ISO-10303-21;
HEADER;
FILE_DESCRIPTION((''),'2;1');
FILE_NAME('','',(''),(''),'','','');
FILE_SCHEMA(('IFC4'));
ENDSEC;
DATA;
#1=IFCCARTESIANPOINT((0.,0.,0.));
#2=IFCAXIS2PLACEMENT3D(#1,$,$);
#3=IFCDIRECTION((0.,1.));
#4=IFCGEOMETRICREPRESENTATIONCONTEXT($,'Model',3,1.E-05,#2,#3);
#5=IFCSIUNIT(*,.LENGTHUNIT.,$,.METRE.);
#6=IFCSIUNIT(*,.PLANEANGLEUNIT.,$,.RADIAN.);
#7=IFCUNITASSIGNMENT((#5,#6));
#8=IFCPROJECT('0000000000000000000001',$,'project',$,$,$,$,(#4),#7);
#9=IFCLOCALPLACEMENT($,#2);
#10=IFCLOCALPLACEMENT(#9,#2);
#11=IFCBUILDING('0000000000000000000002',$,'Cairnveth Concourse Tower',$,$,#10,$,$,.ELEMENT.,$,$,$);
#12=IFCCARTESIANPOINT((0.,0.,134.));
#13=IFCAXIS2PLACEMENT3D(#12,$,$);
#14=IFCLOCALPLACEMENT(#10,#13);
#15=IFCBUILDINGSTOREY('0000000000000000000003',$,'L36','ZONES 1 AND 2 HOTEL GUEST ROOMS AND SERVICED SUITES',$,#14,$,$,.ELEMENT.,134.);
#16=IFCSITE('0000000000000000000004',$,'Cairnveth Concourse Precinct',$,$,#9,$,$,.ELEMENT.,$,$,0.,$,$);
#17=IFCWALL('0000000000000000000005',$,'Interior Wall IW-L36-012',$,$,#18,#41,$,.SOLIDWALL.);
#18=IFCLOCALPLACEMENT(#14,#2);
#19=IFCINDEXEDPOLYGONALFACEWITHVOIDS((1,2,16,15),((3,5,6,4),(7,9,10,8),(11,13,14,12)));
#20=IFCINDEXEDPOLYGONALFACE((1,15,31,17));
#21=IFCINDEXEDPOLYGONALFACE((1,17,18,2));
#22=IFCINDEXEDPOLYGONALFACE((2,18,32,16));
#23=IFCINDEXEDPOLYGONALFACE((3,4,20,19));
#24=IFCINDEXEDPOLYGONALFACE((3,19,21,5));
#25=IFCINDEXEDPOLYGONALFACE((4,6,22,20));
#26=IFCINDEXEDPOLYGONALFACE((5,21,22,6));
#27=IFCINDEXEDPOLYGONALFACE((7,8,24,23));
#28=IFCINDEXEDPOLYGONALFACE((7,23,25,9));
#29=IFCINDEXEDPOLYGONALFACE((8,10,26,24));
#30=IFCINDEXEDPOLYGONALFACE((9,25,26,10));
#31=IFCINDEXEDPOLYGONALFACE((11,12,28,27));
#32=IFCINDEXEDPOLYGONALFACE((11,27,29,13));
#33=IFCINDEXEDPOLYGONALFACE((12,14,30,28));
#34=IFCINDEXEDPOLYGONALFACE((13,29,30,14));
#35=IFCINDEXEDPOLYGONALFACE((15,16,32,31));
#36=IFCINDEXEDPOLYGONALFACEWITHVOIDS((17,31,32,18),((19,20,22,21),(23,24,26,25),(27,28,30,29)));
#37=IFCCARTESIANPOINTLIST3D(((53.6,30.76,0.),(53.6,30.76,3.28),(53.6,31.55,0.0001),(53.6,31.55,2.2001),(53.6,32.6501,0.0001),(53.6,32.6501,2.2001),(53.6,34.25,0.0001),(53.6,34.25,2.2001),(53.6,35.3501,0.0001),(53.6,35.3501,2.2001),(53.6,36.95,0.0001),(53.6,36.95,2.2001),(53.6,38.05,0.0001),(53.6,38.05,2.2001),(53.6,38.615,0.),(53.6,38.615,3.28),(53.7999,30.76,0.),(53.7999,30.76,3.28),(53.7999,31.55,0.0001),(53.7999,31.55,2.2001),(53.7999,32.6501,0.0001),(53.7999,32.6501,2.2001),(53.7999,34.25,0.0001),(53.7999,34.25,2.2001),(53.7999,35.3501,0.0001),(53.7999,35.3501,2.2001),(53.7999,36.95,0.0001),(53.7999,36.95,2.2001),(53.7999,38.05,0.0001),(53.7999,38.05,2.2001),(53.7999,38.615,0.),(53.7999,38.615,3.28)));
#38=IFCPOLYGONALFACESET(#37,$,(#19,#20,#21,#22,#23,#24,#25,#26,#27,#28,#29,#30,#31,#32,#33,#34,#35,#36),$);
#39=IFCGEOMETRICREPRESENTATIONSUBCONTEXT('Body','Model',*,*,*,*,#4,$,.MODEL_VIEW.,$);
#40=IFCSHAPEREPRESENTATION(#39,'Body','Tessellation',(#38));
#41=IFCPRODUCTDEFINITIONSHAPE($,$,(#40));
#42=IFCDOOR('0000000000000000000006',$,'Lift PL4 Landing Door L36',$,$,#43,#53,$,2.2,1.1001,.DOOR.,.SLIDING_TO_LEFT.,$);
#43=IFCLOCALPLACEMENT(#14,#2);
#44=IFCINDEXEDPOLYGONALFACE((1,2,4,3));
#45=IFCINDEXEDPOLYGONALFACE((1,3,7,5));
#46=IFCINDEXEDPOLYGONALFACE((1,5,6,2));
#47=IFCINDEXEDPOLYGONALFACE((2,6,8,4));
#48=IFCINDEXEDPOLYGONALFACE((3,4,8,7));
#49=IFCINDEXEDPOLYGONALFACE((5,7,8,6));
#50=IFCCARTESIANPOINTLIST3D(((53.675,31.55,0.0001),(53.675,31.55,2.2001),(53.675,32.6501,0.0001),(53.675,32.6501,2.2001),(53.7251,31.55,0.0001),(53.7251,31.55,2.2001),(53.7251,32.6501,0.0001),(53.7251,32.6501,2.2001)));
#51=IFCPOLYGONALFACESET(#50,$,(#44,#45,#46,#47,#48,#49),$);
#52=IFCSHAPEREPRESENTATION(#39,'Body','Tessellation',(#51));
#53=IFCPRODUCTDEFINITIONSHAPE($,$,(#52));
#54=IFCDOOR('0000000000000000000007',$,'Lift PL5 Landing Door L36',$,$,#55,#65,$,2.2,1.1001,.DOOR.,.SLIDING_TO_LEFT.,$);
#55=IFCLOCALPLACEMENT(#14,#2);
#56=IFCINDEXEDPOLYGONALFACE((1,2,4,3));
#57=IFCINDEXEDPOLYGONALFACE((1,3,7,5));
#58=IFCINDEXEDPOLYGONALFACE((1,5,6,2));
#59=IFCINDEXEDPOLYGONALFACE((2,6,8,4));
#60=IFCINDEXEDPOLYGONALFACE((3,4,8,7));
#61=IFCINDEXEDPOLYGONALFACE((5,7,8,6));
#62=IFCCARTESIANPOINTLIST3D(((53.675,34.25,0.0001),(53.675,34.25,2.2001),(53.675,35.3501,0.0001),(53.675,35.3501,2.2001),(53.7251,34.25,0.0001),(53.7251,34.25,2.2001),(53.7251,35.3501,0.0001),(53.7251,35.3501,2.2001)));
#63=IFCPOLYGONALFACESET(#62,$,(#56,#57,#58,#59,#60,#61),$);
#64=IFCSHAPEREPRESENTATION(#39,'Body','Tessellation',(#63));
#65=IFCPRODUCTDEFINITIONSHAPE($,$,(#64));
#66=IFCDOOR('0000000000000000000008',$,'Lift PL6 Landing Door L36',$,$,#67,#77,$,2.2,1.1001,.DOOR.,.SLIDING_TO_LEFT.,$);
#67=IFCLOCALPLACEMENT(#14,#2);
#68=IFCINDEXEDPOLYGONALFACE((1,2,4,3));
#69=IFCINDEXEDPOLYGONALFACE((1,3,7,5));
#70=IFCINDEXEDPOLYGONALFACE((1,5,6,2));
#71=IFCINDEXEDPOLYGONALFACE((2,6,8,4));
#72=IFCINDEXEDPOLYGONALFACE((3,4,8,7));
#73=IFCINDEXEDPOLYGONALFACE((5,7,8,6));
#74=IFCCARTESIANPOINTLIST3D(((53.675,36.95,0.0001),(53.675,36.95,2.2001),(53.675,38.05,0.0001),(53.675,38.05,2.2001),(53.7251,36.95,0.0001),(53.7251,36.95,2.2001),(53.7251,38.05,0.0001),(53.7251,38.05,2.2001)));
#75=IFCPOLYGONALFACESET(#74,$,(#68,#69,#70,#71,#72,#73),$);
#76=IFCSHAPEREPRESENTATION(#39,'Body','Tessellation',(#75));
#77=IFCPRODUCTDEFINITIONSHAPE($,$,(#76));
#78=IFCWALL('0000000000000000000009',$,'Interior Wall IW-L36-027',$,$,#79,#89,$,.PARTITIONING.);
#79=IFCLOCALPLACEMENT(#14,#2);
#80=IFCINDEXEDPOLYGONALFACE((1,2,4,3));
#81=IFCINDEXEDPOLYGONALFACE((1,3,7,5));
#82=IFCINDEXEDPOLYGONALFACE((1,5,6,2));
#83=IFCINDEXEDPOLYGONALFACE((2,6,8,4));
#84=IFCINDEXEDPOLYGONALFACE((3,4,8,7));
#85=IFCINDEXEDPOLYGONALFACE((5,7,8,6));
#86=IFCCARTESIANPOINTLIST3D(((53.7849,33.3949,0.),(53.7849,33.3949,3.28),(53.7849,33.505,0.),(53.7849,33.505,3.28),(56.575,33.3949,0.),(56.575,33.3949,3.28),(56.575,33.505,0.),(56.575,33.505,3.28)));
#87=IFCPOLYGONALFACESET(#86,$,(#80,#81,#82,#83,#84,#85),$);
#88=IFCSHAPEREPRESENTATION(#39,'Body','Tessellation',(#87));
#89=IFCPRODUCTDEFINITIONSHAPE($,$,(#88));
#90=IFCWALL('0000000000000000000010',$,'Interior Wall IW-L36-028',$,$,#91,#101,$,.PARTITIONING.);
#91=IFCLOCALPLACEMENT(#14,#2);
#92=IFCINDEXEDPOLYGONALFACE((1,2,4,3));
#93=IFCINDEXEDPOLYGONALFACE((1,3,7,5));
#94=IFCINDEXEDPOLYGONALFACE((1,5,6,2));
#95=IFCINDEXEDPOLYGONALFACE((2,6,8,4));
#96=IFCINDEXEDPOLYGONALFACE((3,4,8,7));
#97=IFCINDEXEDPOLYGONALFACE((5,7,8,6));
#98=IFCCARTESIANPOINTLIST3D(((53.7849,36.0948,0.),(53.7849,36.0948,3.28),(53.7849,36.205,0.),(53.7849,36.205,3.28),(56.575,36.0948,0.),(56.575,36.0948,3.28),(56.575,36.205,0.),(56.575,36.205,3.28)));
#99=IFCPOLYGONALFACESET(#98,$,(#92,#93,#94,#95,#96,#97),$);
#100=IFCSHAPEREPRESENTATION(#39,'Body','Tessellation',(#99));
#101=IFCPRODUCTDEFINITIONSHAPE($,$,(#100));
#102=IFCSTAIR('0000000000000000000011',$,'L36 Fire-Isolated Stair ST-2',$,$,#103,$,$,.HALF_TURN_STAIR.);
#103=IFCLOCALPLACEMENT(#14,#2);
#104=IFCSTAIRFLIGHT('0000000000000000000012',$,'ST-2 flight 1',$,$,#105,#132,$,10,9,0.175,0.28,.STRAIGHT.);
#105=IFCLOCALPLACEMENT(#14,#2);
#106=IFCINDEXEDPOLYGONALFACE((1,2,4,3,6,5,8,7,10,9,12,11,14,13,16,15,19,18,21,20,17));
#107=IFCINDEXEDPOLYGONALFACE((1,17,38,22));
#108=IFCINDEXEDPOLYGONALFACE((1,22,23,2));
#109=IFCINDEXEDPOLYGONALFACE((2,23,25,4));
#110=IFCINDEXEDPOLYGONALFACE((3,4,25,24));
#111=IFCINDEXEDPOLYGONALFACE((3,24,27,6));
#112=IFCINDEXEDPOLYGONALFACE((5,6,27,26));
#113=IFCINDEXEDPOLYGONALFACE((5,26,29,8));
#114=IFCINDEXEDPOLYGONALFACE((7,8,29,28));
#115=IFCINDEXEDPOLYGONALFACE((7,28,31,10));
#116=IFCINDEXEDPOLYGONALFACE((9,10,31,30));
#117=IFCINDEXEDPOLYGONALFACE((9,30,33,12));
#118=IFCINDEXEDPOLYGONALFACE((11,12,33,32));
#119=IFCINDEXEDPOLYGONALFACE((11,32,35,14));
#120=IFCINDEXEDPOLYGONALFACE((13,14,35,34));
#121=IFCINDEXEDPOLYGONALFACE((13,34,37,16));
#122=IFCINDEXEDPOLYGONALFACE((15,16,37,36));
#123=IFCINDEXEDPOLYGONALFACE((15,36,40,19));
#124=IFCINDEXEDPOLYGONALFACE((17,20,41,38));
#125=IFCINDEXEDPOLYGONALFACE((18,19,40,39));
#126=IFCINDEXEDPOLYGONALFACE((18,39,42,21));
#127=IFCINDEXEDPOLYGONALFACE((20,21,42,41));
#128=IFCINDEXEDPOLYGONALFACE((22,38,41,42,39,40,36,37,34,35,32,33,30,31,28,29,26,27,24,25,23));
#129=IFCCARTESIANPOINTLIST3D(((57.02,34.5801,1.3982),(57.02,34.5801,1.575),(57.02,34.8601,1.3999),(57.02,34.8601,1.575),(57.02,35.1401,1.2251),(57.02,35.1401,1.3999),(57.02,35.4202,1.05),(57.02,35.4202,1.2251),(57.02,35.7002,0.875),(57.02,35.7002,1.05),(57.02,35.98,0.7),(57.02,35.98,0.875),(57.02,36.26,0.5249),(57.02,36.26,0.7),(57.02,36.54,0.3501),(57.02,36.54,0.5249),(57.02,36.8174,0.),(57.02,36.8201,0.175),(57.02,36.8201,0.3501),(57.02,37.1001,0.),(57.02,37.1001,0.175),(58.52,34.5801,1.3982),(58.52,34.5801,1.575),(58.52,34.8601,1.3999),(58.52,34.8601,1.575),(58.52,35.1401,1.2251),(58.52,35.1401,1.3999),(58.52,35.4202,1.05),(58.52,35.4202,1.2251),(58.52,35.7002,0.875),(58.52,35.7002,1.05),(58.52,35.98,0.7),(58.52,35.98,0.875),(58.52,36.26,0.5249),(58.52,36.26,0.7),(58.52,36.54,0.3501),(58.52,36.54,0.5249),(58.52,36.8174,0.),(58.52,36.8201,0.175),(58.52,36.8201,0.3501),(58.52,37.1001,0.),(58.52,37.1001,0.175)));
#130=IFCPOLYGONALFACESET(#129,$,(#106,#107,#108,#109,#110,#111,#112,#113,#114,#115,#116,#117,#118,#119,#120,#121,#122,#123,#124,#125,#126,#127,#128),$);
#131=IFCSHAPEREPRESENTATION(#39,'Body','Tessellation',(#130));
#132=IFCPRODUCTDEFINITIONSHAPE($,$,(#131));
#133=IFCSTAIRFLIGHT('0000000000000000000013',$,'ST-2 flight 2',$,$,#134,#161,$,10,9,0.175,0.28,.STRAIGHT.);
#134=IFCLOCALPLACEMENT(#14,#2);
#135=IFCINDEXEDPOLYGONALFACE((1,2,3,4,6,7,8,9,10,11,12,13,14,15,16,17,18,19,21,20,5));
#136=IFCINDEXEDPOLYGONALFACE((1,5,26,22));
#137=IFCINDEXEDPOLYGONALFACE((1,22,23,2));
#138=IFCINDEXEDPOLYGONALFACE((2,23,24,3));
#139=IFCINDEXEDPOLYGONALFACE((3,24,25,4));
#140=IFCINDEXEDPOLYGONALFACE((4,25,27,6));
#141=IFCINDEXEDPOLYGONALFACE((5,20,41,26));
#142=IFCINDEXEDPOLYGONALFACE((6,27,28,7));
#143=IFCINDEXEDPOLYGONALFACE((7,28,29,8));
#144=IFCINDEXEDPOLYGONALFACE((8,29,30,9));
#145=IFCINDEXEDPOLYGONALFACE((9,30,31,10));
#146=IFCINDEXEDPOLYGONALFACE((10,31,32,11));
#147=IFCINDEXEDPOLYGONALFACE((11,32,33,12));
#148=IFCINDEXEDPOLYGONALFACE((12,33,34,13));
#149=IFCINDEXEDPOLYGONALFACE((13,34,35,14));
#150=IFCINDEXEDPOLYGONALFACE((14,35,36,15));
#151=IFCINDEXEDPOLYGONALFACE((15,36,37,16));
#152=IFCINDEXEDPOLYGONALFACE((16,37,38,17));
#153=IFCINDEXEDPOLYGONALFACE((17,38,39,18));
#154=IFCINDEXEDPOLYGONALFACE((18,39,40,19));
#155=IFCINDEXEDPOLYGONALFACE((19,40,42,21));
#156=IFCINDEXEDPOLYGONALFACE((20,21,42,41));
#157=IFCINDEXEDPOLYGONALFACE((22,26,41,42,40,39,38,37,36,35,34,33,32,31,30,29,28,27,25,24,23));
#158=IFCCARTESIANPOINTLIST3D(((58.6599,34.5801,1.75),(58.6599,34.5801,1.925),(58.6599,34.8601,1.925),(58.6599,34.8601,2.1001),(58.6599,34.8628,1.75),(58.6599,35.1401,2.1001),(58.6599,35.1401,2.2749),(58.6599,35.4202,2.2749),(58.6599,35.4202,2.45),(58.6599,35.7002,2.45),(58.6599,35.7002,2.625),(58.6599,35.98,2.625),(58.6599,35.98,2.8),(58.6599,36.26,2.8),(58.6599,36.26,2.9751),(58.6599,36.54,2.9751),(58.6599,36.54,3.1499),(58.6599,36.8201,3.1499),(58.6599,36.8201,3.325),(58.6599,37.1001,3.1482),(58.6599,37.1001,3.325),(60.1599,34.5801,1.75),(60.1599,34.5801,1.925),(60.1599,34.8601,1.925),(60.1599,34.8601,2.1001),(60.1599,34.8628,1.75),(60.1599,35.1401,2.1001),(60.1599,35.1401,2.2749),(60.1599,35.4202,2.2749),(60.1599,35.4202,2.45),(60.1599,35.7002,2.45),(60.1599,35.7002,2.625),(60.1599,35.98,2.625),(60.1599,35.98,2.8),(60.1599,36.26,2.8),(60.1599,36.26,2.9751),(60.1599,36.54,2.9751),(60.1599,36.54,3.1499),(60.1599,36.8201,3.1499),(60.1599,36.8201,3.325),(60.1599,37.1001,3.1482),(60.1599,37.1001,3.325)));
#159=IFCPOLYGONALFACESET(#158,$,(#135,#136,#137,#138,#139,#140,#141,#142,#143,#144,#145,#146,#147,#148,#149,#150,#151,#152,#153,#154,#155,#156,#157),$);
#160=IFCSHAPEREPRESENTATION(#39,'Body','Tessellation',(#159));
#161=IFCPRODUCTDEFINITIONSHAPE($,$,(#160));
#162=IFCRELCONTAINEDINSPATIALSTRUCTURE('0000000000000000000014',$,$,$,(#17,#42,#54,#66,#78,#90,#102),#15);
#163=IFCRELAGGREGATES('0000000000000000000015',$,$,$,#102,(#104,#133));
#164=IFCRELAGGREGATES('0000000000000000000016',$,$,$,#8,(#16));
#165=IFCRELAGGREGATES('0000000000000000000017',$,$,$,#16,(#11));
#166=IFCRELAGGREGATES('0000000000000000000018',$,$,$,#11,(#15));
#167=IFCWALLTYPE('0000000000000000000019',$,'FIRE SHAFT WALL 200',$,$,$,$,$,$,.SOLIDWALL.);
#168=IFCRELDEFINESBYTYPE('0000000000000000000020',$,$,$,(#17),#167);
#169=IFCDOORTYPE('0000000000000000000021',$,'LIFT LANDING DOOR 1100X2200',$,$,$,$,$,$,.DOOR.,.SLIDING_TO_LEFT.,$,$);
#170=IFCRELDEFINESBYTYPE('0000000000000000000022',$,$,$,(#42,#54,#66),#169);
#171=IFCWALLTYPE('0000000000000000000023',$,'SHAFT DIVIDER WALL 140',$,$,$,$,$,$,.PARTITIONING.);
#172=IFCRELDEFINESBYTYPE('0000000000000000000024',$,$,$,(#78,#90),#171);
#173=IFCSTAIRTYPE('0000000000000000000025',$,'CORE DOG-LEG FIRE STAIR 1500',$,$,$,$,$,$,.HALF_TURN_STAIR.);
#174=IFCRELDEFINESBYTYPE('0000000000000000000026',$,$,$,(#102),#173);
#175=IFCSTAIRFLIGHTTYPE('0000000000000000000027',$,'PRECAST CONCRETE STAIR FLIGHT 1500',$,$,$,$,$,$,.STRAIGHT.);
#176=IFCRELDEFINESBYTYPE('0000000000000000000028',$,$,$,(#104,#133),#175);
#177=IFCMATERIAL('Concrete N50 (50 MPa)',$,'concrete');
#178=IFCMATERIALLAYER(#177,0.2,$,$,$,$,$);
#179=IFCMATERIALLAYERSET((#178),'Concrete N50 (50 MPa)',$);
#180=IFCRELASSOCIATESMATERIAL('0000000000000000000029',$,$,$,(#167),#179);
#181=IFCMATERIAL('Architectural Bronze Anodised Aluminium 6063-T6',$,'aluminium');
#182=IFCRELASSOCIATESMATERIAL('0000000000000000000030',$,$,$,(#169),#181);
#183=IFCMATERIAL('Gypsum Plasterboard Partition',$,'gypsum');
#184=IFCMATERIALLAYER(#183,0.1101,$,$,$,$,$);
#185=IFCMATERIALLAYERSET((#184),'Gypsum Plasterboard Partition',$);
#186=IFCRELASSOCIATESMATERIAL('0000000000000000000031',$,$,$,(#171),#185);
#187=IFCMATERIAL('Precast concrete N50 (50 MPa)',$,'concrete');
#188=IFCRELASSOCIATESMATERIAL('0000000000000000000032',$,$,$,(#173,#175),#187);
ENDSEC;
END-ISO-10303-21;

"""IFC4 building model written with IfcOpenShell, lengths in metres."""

from ifc_helpers import new_model, si_unit, direction, frame, frame_2d, origin, place, context, subcontext, project, spatial, polyline, rectangle, outline, extrude, material, layer, layer_set, type_object, element, fill, aggregate, save


model = new_model("IFC4")

# Units and contexts
model_context = context("Model", 3, precision=1e-05, world=origin(), true_north=direction((0.0, 1.0)))
body_context = subcontext(model_context, "Body", "Model", "MODEL_VIEW")
ifc_project = project(units=[si_unit("LENGTHUNIT", "METRE"), si_unit("PLANEANGLEUNIT", "RADIAN")], contexts=[model_context])

# Site, building, storey
site_placement = place(None, origin())
site = spatial("IfcSite", under=ifc_project, at=site_placement, Name="Cairnveth Concourse Precinct", CompositionType="ELEMENT", RefElevation=0.0)
building_placement = place(site_placement, origin())
building = spatial("IfcBuilding", under=site, at=building_placement, Name="Cairnveth Concourse Tower", CompositionType="ELEMENT")
storey_placement = place(building_placement, frame((0.0, 0.0, 134.0)))
storey = spatial("IfcBuildingStorey", under=building, at=storey_placement, Name="L36", Description="ZONES 1 AND 2 HOTEL GUEST ROOMS AND SERVICED SUITES", CompositionType="ELEMENT", Elevation=134.0)

# Shared definitions
ifc_material_1 = material(Name="Concrete N50 (50 MPa)", Category="concrete")

# Shared definitions
ifc_layer_1 = layer(ifc_material_1, 0.2)
ifc_layer_set_1 = layer_set([ifc_layer_1], Name="Concrete N50 (50 MPa)")
wall_type_1 = type_object("IfcWallType", Name="FIRE SHAFT WALL 200", PredefinedType="SOLIDWALL", material=ifc_layer_set_1)

# Wall, openings, doors
wall_1_placement = place(storey_placement, frame((53.7, 30.76, 0.0), z_axis=(0.0, 0.0, 1.0), x_axis=(0.0, 1.0, 0.0)))
wall_1 = element("IfcWall", 1, at=wall_1_placement, inside=storey, type_object=wall_type_1, Name="Interior Wall IW-L36-012", PredefinedType="SOLIDWALL", context=body_context, shape_type="SweptSolid", body=[
    extrude(rectangle(XDim=7.855, YDim=0.2, at=frame_2d((3.9275, 0.0))), origin(), (0.0, 0.0, 1.0), 3.28),
])
opening_1_placement = place(wall_1_placement, frame((0.79, 0.0, 0.0)))
opening_1 = element("IfcOpeningElement", 2, at=opening_1_placement, cuts=wall_1, PredefinedType="OPENING", context=body_context, shape_type="SweptSolid", body=[
    extrude(rectangle(XDim=1.1001, YDim=2.2, at=frame_2d((0.55, 1.1001))), frame((0.0, 0.1099, 0.0), z_axis=(0.0, -1.0, 0.0), x_axis=(1.0, 0.0, 0.0)), (0.0, 0.0, 1.0), 0.22),
])
opening_2_placement = place(wall_1_placement, frame((3.49, 0.0, 0.0)))
opening_2 = element("IfcOpeningElement", 3, at=opening_2_placement, cuts=wall_1, PredefinedType="OPENING", context=body_context, shape_type="SweptSolid", body=[
    extrude(rectangle(XDim=1.1001, YDim=2.2, at=frame_2d((0.55, 1.1001))), frame((0.0, 0.1099, 0.0), z_axis=(0.0, -1.0, 0.0), x_axis=(1.0, 0.0, 0.0)), (0.0, 0.0, 1.0), 0.22),
])
opening_3_placement = place(wall_1_placement, frame((6.1899, 0.0, 0.0)))
opening_3 = element("IfcOpeningElement", 4, at=opening_3_placement, cuts=wall_1, PredefinedType="OPENING", context=body_context, shape_type="SweptSolid", body=[
    extrude(rectangle(XDim=1.1001, YDim=2.2, at=frame_2d((0.55, 1.1001))), frame((0.0, 0.1099, 0.0), z_axis=(0.0, -1.0, 0.0), x_axis=(1.0, 0.0, 0.0)), (0.0, 0.0, 1.0), 0.22),
])
ifc_material_2 = material(Name="Architectural Bronze Anodised Aluminium 6063-T6", Category="aluminium")
door_type_1 = type_object("IfcDoorType", Name="LIFT LANDING DOOR 1100X2200", OperationType="SLIDING_TO_LEFT", PredefinedType="DOOR", material=ifc_material_2)
door_1_placement = place(opening_1_placement, origin())
door_1 = element("IfcDoor", 5, at=door_1_placement, inside=storey, type_object=door_type_1, Name="Lift PL4 Landing Door L36", OperationType="SLIDING_TO_LEFT", OverallHeight=2.2, OverallWidth=1.1001, PredefinedType="DOOR", context=body_context, shape_type="SweptSolid", body=[
    extrude(rectangle(XDim=1.1001, YDim=2.2, at=frame_2d((0.55, 1.1001))), frame((0.0, 0.0249, 0.0), z_axis=(0.0, -1.0, 0.0), x_axis=(1.0, 0.0, 0.0)), (0.0, 0.0, 1.0), 0.05),
])
fill(opening_1, door_1)
door_2_placement = place(opening_2_placement, origin())
door_2 = element("IfcDoor", 6, at=door_2_placement, inside=storey, type_object=door_type_1, Name="Lift PL5 Landing Door L36", OperationType="SLIDING_TO_LEFT", OverallHeight=2.2, OverallWidth=1.1001, PredefinedType="DOOR", context=body_context, shape_type="SweptSolid", body=[
    extrude(rectangle(XDim=1.1001, YDim=2.2, at=frame_2d((0.55, 1.1001))), frame((0.0, 0.0249, 0.0), z_axis=(0.0, -1.0, 0.0), x_axis=(1.0, 0.0, 0.0)), (0.0, 0.0, 1.0), 0.05),
])
fill(opening_2, door_2)
door_3_placement = place(opening_3_placement, origin())
door_3 = element("IfcDoor", 7, at=door_3_placement, inside=storey, type_object=door_type_1, Name="Lift PL6 Landing Door L36", OperationType="SLIDING_TO_LEFT", OverallHeight=2.2, OverallWidth=1.1001, PredefinedType="DOOR", context=body_context, shape_type="SweptSolid", body=[
    extrude(rectangle(XDim=1.1001, YDim=2.2, at=frame_2d((0.55, 1.1001))), frame((0.0, 0.0249, 0.0), z_axis=(0.0, -1.0, 0.0), x_axis=(1.0, 0.0, 0.0)), (0.0, 0.0, 1.0), 0.05),
])
fill(opening_3, door_3)

# Walls
ifc_material_3 = material(Name="Gypsum Plasterboard Partition", Category="gypsum")
ifc_layer_2 = layer(ifc_material_3, 0.1101)
ifc_layer_set_2 = layer_set([ifc_layer_2], Name="Gypsum Plasterboard Partition")
wall_type_2 = type_object("IfcWallType", Name="SHAFT DIVIDER WALL 140", PredefinedType="PARTITIONING", material=ifc_layer_set_2)
for number, where, z_axis, x_axis, name in (
    (8, (53.7849, 33.45, 0.0), (0.0, 0.0, 1.0), (1.0, 0.0, 0.0), "Interior Wall IW-L36-027"),
    (9, (53.7849, 36.1499, 0.0), (0.0, 0.0, 1.0), (1.0, 0.0, 0.0), "Interior Wall IW-L36-028"),
):
    element("IfcWall", number, at=place(storey_placement, frame(where, z_axis=z_axis, x_axis=x_axis)), inside=storey, type_object=wall_type_2, Name=name, PredefinedType="PARTITIONING", context=body_context, shape_type="SweptSolid", body=[
        extrude(rectangle(XDim=2.79, YDim=0.1101, at=frame_2d((1.395, 0.0))), origin(), (0.0, 0.0, 1.0), 3.28),
    ])

# Stair, stair flights
ifc_material_4 = material(Name="Precast concrete N50 (50 MPa)", Category="concrete")
stair_type = type_object("IfcStairType", Name="CORE DOG-LEG FIRE STAIR 1500", PredefinedType="HALF_TURN_STAIR", material=ifc_material_4)
stair_placement = place(storey_placement, origin())
stair = element("IfcStair", 10, at=stair_placement, inside=storey, type_object=stair_type, Name="L36 Fire-Isolated Stair ST-2", PredefinedType="HALF_TURN_STAIR")
stair_flight_type = type_object("IfcStairFlightType", Name="PRECAST CONCRETE STAIR FLIGHT 1500", PredefinedType="STRAIGHT", material=ifc_material_4)
stair_flight_1_placement = place(storey_placement, frame((57.77, 37.1001, 0.0), z_axis=(0.0, 0.0, 1.0), x_axis=(0.0, -1.0, 0.0)))
stair_flight_1 = element("IfcStairFlight", 11, at=stair_flight_1_placement, type_object=stair_flight_type, Name="ST-2 flight 1", NumberOfRisers=10, NumberOfTreads=9, PredefinedType="STRAIGHT", RiserHeight=0.175, TreadLength=0.28, context=body_context, shape_type="SweptSolid", body=[
    extrude(outline(polyline([(0.0, 0.0), (0.0, 0.175), (0.28, 0.175), (0.28, 0.3501), (0.5601, 0.3501), (0.5601, 0.5249), (0.8401, 0.5249), (0.8401, 0.7), (1.1201, 0.7), (1.1201, 0.875), (1.3999, 0.875), (1.3999, 1.05), (1.6799, 1.05), (1.6799, 1.2251), (1.96, 1.2251), (1.96, 1.3999), (2.24, 1.3999), (2.24, 1.575), (2.52, 1.575), (2.52, 1.75), (2.52, 1.3982), (0.2827, 0.0), (0.0, 0.0)])), frame((0.0, 0.75, 0.0), z_axis=(0.0, -1.0, 0.0), x_axis=(1.0, 0.0, 0.0)), (0.0, 0.0, 1.0), 1.5),
])
stair_flight_2_placement = place(storey_placement, frame((59.4099, 34.5801, 1.75), z_axis=(0.0, 0.0, 1.0), x_axis=(0.0, 1.0, 0.0)))
stair_flight_2 = element("IfcStairFlight", 12, at=stair_flight_2_placement, type_object=stair_flight_type, Name="ST-2 flight 2", NumberOfRisers=10, NumberOfTreads=9, PredefinedType="STRAIGHT", RiserHeight=0.175, TreadLength=0.28, context=body_context, shape_type="SweptSolid", body=[
    extrude(outline(polyline([(0.0, 0.0), (0.0, 0.175), (0.28, 0.175), (0.28, 0.3501), (0.5601, 0.3501), (0.5601, 0.5249), (0.8401, 0.5249), (0.8401, 0.7), (1.1201, 0.7), (1.1201, 0.875), (1.3999, 0.875), (1.3999, 1.05), (1.6799, 1.05), (1.6799, 1.2251), (1.96, 1.2251), (1.96, 1.3999), (2.24, 1.3999), (2.24, 1.575), (2.52, 1.575), (2.52, 1.75), (2.52, 1.3982), (0.2827, 0.0), (0.0, 0.0)])), frame((0.0, 0.75, 0.0), z_axis=(0.0, -1.0, 0.0), x_axis=(1.0, 0.0, 0.0)), (0.0, 0.0, 1.0), 1.5),
])
aggregate(stair, [stair_flight_1, stair_flight_2])

save(model, "model.ifc")
